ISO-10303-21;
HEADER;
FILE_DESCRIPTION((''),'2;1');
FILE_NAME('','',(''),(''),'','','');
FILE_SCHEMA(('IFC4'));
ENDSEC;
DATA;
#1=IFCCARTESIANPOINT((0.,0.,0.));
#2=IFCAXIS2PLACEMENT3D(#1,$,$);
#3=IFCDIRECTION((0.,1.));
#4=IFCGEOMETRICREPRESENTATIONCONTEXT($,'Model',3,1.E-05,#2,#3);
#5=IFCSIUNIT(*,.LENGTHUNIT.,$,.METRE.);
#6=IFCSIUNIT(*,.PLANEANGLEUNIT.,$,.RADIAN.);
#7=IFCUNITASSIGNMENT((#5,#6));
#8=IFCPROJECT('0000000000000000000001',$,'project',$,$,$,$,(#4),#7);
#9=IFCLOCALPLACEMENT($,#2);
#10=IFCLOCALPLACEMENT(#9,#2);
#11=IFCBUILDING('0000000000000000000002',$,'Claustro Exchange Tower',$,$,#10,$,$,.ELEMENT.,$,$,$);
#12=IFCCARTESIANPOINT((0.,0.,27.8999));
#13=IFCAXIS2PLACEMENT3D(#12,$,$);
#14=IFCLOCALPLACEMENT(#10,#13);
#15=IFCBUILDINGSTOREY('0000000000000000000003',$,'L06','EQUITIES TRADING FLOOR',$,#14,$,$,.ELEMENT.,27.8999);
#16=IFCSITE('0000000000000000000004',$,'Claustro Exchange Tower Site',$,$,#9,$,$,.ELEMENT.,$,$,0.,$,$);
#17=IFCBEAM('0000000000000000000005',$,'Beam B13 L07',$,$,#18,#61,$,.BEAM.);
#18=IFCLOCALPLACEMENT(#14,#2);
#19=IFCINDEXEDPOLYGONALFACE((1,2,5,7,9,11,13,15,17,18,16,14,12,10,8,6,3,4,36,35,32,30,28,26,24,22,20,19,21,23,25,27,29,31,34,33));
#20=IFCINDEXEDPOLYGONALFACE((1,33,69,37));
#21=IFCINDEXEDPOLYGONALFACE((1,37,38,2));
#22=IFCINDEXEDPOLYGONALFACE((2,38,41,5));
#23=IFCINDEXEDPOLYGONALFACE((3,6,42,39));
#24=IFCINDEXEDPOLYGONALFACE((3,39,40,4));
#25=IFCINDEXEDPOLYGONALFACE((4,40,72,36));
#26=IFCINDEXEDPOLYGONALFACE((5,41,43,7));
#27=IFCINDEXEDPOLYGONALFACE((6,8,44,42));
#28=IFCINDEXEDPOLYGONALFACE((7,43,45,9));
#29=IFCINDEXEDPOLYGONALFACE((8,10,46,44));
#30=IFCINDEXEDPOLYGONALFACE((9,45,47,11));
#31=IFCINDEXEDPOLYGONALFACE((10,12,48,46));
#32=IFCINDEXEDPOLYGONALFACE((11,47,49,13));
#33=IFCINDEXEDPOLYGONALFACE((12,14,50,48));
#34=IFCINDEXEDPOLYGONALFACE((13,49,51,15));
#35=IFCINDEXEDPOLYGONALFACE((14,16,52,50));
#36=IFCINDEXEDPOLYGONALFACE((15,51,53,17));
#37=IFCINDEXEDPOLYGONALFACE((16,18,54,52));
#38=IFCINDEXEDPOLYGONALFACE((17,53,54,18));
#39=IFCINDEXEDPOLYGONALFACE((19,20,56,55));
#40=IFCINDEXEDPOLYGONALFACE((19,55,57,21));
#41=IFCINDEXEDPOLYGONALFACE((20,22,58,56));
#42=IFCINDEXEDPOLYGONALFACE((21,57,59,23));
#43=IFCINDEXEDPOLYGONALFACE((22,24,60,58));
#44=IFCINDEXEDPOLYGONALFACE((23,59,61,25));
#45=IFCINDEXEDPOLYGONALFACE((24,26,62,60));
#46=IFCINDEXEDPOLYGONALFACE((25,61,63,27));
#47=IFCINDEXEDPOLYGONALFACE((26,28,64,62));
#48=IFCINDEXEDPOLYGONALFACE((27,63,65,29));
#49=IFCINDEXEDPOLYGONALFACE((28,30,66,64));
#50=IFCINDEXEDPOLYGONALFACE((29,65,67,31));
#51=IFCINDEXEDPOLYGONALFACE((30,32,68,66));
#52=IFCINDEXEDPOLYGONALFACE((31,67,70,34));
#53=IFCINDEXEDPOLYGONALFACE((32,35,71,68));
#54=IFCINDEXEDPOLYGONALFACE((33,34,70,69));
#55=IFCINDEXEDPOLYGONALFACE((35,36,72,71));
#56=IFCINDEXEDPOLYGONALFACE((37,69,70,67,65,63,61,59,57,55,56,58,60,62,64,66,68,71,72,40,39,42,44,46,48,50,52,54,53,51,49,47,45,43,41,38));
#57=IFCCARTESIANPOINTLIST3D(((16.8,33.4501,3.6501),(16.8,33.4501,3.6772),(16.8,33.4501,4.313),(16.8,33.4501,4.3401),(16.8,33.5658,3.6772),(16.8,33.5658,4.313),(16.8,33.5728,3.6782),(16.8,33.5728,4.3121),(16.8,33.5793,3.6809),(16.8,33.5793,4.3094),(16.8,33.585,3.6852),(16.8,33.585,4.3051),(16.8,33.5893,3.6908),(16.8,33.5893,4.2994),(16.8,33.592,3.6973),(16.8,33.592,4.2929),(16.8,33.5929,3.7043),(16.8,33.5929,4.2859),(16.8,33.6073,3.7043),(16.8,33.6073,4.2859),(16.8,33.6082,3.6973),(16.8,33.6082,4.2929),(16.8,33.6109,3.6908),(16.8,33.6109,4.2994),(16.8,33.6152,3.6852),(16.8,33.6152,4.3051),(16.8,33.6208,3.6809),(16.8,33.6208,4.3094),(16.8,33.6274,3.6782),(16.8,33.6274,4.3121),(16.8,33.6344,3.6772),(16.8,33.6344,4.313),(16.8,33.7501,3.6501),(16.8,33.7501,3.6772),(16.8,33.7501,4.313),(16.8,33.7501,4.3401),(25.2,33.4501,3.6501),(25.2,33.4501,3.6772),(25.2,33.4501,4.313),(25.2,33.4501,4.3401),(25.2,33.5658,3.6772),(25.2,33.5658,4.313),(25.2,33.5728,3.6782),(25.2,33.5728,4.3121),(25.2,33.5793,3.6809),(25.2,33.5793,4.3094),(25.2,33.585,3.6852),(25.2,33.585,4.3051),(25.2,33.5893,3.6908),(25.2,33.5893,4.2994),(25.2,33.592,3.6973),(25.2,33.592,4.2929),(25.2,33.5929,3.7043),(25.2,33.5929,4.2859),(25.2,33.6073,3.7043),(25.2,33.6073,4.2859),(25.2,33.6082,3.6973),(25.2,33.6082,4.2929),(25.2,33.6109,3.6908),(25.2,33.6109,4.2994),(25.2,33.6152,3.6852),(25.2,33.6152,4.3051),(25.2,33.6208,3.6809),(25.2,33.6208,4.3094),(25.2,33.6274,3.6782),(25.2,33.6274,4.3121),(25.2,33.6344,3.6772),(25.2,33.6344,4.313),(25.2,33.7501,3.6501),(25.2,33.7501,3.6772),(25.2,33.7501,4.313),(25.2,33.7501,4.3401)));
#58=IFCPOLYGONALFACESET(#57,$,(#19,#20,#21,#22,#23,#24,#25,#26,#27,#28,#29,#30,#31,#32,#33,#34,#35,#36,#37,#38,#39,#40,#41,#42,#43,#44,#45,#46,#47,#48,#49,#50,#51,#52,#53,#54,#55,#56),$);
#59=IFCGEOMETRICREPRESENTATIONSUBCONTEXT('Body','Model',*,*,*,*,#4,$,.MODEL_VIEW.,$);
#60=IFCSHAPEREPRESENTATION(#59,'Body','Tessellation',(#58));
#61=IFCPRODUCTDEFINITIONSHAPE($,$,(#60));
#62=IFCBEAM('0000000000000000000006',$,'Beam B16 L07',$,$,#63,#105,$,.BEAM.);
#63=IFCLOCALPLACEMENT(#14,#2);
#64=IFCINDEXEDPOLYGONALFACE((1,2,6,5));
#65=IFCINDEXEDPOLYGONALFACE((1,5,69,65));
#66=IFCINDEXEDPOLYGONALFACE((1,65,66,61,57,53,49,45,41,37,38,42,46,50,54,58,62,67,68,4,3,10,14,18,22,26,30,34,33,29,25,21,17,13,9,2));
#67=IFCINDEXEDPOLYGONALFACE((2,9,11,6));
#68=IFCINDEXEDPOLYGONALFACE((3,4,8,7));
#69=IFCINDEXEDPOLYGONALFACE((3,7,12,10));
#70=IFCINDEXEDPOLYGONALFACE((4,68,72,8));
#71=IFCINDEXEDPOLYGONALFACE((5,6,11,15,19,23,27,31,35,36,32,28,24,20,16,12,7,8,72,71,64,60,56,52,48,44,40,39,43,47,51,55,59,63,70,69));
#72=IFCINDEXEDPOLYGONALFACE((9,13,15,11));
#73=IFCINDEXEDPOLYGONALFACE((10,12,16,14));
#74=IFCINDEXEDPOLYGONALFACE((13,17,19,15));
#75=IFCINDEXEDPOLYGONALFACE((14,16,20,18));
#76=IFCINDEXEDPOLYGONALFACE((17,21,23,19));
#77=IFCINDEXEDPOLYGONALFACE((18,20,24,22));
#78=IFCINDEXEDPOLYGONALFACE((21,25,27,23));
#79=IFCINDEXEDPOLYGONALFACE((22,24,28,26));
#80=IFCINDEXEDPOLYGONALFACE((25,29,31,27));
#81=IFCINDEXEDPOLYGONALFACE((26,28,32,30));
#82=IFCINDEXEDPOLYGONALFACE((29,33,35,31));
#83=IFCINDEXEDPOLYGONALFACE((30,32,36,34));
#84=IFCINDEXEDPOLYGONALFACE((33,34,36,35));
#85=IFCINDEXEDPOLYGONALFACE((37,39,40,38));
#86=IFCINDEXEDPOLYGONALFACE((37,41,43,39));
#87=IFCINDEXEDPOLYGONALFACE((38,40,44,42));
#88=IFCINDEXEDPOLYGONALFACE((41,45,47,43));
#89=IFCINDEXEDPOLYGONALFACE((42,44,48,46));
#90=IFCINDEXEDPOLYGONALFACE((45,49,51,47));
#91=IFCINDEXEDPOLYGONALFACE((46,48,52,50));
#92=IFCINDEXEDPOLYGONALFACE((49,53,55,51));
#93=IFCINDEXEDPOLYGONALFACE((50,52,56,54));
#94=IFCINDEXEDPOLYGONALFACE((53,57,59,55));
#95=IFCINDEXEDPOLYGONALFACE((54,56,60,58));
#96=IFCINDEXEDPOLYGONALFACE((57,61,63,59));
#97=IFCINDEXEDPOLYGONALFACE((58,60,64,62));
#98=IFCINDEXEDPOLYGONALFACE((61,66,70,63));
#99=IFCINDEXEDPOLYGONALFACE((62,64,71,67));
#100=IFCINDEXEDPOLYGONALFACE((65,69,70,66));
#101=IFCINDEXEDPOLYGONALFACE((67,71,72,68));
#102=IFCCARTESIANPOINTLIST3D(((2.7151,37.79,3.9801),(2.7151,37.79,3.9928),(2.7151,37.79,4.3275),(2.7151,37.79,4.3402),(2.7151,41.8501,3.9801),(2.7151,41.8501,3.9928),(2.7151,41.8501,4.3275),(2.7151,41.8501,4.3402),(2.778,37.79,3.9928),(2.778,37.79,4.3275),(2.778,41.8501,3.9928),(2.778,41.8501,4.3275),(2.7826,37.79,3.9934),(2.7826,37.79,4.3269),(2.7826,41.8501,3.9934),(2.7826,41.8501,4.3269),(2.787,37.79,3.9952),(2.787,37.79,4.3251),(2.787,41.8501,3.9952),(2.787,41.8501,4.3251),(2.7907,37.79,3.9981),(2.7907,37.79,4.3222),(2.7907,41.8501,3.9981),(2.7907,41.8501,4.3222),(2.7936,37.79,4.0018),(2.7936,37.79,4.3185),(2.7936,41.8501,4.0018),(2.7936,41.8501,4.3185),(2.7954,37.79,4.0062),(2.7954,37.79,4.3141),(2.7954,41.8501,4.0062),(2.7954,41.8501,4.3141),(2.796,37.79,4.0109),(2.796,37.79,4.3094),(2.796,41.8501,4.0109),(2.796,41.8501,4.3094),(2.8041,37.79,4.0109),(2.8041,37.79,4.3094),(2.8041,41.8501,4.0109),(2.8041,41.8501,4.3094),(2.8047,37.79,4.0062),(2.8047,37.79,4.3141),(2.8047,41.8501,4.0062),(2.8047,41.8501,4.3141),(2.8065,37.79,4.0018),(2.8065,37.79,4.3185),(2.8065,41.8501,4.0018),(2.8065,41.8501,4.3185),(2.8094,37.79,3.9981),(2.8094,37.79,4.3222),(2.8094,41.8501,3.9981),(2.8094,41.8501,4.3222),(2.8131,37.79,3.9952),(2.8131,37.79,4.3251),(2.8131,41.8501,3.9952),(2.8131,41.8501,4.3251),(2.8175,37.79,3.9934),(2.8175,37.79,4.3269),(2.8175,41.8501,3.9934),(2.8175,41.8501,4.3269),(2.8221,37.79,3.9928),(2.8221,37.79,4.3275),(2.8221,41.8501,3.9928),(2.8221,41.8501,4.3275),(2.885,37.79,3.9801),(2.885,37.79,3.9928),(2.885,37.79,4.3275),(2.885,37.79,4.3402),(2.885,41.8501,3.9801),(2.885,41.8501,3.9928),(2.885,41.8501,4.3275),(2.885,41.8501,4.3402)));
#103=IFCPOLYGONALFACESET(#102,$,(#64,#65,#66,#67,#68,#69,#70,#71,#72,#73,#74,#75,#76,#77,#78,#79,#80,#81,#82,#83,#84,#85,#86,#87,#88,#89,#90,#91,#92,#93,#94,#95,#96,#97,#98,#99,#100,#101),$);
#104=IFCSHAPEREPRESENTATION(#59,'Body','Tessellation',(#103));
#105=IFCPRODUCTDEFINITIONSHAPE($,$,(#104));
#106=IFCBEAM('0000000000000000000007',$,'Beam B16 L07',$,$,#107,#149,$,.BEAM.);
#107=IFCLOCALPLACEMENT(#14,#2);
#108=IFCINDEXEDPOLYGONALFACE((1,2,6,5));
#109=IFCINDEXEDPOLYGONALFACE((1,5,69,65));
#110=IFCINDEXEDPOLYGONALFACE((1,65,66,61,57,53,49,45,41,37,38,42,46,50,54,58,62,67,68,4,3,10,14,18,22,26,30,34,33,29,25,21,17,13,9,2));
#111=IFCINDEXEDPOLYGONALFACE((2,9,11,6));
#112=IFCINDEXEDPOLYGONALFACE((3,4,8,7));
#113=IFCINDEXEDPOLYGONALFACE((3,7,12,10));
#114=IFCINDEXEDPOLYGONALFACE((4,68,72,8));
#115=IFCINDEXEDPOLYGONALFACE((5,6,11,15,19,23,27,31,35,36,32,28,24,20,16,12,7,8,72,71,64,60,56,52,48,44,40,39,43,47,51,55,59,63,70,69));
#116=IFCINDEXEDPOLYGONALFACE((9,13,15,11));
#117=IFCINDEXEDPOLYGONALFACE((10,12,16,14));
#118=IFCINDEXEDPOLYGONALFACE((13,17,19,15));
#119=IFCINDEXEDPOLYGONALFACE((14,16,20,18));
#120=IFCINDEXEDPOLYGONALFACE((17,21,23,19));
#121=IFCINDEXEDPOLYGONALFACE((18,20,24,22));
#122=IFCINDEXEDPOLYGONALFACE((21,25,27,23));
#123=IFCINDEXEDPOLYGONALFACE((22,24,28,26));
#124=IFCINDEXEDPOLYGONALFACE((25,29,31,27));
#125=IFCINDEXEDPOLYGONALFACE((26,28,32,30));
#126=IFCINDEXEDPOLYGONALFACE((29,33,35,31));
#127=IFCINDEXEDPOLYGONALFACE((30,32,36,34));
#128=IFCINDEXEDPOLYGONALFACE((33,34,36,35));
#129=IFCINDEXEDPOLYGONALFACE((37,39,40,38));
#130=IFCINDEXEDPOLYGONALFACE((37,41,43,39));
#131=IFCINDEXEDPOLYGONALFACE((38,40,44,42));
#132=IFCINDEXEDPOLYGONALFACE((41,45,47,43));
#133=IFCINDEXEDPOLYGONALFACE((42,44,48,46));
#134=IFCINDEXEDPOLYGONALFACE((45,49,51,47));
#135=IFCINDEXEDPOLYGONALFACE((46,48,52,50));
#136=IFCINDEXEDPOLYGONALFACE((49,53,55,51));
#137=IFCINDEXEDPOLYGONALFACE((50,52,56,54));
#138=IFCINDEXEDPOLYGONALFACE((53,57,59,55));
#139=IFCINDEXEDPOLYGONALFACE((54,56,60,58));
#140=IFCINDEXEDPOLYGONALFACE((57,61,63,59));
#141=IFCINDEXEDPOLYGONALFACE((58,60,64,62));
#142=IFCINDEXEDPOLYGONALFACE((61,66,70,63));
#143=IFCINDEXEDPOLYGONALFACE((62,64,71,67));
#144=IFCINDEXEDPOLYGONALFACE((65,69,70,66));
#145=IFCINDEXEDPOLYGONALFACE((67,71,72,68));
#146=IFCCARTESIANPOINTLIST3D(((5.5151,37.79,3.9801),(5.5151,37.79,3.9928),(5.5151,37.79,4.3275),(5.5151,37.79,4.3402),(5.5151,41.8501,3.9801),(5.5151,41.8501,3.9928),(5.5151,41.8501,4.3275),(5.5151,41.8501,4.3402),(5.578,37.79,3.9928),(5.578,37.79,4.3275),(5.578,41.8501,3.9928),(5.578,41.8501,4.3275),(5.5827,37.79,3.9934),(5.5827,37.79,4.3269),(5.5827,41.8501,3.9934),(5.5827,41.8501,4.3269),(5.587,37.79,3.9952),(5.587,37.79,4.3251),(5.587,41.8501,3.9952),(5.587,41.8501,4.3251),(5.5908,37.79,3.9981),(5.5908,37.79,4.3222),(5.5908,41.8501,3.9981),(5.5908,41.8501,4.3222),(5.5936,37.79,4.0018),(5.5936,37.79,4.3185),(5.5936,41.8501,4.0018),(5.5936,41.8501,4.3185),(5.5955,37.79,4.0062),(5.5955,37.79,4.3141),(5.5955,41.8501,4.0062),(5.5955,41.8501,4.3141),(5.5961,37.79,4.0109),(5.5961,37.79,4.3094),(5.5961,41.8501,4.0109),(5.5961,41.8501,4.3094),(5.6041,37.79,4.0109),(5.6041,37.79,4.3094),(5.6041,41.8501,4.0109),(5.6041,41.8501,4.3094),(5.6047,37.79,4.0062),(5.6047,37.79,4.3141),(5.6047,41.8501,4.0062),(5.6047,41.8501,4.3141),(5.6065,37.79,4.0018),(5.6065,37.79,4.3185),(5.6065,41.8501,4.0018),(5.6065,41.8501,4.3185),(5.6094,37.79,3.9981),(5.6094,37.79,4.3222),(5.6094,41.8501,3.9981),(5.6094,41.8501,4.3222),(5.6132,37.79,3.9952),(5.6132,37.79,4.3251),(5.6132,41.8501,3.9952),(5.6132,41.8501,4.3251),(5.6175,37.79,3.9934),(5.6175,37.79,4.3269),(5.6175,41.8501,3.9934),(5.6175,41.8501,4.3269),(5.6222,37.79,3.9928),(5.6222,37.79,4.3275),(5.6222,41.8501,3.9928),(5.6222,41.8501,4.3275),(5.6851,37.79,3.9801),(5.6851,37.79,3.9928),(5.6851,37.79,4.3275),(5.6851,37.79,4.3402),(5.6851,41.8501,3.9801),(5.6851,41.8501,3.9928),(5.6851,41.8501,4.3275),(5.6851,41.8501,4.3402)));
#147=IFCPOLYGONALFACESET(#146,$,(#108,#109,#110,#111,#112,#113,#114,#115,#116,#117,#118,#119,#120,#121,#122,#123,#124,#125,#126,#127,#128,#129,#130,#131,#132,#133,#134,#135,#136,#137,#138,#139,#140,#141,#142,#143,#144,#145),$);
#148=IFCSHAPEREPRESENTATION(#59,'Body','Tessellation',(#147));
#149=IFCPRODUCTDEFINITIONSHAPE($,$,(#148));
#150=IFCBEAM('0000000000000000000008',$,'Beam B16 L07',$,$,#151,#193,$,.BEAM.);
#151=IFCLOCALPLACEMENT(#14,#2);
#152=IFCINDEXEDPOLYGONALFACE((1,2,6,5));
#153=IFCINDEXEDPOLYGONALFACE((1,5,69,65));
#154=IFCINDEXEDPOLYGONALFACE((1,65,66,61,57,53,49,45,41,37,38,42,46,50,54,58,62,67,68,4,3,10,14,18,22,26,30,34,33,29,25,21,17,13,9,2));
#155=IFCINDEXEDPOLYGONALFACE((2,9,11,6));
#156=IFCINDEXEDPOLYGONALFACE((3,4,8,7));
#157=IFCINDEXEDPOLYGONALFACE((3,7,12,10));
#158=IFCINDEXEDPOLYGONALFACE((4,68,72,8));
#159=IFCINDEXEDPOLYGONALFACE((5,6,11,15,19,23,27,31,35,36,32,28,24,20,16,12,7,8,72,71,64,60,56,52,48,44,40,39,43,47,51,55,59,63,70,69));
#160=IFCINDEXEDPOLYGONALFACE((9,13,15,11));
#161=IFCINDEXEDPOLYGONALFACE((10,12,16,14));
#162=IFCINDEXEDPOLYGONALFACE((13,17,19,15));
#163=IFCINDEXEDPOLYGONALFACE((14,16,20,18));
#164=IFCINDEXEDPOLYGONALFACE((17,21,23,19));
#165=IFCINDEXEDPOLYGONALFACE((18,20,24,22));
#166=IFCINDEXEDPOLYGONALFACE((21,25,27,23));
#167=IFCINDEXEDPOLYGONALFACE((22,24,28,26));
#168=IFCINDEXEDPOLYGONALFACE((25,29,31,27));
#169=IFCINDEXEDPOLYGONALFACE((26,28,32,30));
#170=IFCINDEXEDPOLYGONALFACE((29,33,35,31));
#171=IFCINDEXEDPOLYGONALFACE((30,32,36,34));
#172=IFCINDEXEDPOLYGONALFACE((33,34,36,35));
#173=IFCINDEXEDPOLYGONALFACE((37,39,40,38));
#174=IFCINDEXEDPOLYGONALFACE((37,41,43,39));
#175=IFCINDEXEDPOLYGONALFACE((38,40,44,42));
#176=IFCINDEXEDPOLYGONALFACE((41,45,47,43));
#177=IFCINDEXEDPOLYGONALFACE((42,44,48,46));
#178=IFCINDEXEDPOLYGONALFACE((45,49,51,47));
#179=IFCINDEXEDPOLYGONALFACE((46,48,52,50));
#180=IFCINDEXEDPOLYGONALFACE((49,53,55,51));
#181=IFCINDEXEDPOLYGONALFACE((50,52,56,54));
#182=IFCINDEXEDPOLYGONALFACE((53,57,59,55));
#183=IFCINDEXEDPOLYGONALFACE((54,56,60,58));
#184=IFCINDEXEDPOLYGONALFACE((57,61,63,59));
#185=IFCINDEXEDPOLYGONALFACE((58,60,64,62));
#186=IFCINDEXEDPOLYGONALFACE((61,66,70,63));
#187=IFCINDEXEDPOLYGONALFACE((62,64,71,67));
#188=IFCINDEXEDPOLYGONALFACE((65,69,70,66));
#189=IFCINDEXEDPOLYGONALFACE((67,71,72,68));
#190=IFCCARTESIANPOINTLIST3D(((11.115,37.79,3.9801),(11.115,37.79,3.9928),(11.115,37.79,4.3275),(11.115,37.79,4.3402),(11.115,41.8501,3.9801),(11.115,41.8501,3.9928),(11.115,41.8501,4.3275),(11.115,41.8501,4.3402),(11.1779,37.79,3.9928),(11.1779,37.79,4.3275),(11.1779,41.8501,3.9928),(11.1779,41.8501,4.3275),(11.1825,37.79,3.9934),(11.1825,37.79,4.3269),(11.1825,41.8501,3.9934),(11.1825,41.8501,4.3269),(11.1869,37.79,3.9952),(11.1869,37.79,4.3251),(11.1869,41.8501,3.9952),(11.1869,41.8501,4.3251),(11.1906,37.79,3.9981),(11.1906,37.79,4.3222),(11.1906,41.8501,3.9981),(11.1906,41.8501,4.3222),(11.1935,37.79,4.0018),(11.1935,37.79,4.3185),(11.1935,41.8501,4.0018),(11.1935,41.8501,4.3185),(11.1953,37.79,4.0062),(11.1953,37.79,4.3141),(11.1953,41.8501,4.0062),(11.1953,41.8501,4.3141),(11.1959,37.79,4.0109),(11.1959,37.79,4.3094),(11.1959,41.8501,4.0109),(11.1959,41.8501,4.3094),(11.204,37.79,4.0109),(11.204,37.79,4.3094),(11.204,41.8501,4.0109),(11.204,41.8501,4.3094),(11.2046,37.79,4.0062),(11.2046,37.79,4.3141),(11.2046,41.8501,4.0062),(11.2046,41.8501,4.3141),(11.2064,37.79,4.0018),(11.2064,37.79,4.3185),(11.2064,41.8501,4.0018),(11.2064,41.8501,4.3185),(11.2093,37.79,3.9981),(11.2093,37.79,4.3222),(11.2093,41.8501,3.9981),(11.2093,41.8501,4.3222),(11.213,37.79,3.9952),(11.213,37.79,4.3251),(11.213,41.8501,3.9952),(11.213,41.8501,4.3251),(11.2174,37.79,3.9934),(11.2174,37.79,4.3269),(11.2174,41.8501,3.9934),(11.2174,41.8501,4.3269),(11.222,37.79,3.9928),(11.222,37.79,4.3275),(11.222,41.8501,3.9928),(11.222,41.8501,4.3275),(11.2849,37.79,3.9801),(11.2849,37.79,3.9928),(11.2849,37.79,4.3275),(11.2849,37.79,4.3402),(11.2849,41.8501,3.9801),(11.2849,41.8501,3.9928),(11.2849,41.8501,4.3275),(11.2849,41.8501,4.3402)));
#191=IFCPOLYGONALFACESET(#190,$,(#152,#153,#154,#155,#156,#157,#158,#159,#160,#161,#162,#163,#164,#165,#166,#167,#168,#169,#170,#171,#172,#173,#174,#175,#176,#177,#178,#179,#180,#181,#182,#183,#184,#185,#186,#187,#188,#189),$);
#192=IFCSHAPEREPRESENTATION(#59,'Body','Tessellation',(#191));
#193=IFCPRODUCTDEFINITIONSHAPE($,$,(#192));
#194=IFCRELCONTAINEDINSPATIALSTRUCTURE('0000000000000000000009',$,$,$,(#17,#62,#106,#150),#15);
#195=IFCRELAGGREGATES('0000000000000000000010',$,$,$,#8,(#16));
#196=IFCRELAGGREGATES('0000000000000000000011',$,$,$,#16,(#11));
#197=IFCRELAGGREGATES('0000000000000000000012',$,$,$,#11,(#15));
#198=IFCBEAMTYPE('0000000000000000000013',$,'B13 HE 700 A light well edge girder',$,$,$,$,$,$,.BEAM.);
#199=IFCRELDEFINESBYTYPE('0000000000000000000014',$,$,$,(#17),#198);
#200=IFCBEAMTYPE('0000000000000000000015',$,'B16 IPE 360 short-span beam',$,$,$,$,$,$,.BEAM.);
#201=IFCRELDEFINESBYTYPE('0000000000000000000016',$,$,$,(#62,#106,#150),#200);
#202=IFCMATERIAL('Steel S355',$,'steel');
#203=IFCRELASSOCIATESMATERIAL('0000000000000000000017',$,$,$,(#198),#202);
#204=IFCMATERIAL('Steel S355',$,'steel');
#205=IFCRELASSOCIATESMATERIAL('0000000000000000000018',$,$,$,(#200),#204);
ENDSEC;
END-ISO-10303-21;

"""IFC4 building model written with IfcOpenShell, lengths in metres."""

from ifc_helpers import new_model, si_unit, direction, frame, origin, origin_2d, place, context, subcontext, project, spatial, i_section, extrude, material, material_profile, profile_set, type_object, element, save


model = new_model("IFC4")

# Units and contexts
model_context = context("Model", 3, precision=1e-05, world=origin(), true_north=direction((0.0, 1.0)))
body_context = subcontext(model_context, "Body", "Model", "MODEL_VIEW")
ifc_project = project(units=[si_unit("LENGTHUNIT", "METRE"), si_unit("PLANEANGLEUNIT", "RADIAN")], contexts=[model_context])

# Site, building, storey
site_placement = place(None, origin())
site = spatial("IfcSite", under=ifc_project, at=site_placement, Name="Claustro Exchange Tower Site", CompositionType="ELEMENT", RefElevation=0.0)
building_placement = place(site_placement, origin())
building = spatial("IfcBuilding", under=site, at=building_placement, Name="Claustro Exchange Tower", CompositionType="ELEMENT")
storey_placement = place(building_placement, frame((0.0, 0.0, 27.8999)))
storey = spatial("IfcBuildingStorey", under=building, at=storey_placement, Name="L06", Description="EQUITIES TRADING FLOOR", CompositionType="ELEMENT", Elevation=27.8999)

# Beams
ifc_material_1 = material(Name="Steel S355", Category="steel")
ifc_material_profile_1 = material_profile(ifc_material_1, i_section(OverallWidth=0.3, OverallDepth=0.6899, WebThickness=0.0144, FlangeThickness=0.0271, FilletRadius=0.0271, at=origin_2d()), Name="HE 700 A")
ifc_profile_set_1 = profile_set([ifc_material_profile_1], Name="Steel S355")
beam_type_1 = type_object("IfcBeamType", Name="B13 HE 700 A light well edge girder", PredefinedType="BEAM", material=ifc_profile_set_1)
beam_1_placement = place(storey_placement, frame((16.8, 33.6001, 3.9951), z_axis=(1.0, 0.0, 0.0), x_axis=(0.0, 1.0, 0.0)))
element("IfcBeam", 1, at=beam_1_placement, inside=storey, type_object=beam_type_1, Name="Beam B13 L07", PredefinedType="BEAM", context=body_context, shape_type="SweptSolid", body=[
    extrude(i_section(OverallWidth=0.3, OverallDepth=0.6899, WebThickness=0.0144, FlangeThickness=0.0271, FilletRadius=0.0271, at=origin_2d()), origin(), (0.0, 0.0, 1.0), 8.3999),
])
ifc_material_2 = material(Name="Steel S355", Category="steel")
ifc_material_profile_2 = material_profile(ifc_material_2, i_section(OverallWidth=0.1699, OverallDepth=0.3601, WebThickness=0.0081, FlangeThickness=0.0127, FilletRadius=0.0181, at=origin_2d()), Name="IPE 360")
ifc_profile_set_2 = profile_set([ifc_material_profile_2], Name="Steel S355")
beam_type_2 = type_object("IfcBeamType", Name="B16 IPE 360 short-span beam", PredefinedType="BEAM", material=ifc_profile_set_2)
for number, where, z_axis, x_axis, name in (
    (2, (2.8, 37.79, 4.1602), (0.0, 1.0, 0.0), (-1.0, 0.0, 0.0), "Beam B16 L07"),
    (3, (5.6001, 37.79, 4.1602), (0.0, 1.0, 0.0), (-1.0, 0.0, 0.0), "Beam B16 L07"),
    (4, (11.2, 37.79, 4.1602), (0.0, 1.0, 0.0), (-1.0, 0.0, 0.0), "Beam B16 L07"),
):
    element("IfcBeam", number, at=place(storey_placement, frame(where, z_axis=z_axis, x_axis=x_axis)), inside=storey, type_object=beam_type_2, Name=name, PredefinedType="BEAM", context=body_context, shape_type="SweptSolid", body=[
        extrude(i_section(OverallWidth=0.1699, OverallDepth=0.3601, WebThickness=0.0081, FlangeThickness=0.0127, FilletRadius=0.0181, at=origin_2d()), origin(), (0.0, 0.0, 1.0), 4.0601),
    ])

save(model, "model.ifc")
